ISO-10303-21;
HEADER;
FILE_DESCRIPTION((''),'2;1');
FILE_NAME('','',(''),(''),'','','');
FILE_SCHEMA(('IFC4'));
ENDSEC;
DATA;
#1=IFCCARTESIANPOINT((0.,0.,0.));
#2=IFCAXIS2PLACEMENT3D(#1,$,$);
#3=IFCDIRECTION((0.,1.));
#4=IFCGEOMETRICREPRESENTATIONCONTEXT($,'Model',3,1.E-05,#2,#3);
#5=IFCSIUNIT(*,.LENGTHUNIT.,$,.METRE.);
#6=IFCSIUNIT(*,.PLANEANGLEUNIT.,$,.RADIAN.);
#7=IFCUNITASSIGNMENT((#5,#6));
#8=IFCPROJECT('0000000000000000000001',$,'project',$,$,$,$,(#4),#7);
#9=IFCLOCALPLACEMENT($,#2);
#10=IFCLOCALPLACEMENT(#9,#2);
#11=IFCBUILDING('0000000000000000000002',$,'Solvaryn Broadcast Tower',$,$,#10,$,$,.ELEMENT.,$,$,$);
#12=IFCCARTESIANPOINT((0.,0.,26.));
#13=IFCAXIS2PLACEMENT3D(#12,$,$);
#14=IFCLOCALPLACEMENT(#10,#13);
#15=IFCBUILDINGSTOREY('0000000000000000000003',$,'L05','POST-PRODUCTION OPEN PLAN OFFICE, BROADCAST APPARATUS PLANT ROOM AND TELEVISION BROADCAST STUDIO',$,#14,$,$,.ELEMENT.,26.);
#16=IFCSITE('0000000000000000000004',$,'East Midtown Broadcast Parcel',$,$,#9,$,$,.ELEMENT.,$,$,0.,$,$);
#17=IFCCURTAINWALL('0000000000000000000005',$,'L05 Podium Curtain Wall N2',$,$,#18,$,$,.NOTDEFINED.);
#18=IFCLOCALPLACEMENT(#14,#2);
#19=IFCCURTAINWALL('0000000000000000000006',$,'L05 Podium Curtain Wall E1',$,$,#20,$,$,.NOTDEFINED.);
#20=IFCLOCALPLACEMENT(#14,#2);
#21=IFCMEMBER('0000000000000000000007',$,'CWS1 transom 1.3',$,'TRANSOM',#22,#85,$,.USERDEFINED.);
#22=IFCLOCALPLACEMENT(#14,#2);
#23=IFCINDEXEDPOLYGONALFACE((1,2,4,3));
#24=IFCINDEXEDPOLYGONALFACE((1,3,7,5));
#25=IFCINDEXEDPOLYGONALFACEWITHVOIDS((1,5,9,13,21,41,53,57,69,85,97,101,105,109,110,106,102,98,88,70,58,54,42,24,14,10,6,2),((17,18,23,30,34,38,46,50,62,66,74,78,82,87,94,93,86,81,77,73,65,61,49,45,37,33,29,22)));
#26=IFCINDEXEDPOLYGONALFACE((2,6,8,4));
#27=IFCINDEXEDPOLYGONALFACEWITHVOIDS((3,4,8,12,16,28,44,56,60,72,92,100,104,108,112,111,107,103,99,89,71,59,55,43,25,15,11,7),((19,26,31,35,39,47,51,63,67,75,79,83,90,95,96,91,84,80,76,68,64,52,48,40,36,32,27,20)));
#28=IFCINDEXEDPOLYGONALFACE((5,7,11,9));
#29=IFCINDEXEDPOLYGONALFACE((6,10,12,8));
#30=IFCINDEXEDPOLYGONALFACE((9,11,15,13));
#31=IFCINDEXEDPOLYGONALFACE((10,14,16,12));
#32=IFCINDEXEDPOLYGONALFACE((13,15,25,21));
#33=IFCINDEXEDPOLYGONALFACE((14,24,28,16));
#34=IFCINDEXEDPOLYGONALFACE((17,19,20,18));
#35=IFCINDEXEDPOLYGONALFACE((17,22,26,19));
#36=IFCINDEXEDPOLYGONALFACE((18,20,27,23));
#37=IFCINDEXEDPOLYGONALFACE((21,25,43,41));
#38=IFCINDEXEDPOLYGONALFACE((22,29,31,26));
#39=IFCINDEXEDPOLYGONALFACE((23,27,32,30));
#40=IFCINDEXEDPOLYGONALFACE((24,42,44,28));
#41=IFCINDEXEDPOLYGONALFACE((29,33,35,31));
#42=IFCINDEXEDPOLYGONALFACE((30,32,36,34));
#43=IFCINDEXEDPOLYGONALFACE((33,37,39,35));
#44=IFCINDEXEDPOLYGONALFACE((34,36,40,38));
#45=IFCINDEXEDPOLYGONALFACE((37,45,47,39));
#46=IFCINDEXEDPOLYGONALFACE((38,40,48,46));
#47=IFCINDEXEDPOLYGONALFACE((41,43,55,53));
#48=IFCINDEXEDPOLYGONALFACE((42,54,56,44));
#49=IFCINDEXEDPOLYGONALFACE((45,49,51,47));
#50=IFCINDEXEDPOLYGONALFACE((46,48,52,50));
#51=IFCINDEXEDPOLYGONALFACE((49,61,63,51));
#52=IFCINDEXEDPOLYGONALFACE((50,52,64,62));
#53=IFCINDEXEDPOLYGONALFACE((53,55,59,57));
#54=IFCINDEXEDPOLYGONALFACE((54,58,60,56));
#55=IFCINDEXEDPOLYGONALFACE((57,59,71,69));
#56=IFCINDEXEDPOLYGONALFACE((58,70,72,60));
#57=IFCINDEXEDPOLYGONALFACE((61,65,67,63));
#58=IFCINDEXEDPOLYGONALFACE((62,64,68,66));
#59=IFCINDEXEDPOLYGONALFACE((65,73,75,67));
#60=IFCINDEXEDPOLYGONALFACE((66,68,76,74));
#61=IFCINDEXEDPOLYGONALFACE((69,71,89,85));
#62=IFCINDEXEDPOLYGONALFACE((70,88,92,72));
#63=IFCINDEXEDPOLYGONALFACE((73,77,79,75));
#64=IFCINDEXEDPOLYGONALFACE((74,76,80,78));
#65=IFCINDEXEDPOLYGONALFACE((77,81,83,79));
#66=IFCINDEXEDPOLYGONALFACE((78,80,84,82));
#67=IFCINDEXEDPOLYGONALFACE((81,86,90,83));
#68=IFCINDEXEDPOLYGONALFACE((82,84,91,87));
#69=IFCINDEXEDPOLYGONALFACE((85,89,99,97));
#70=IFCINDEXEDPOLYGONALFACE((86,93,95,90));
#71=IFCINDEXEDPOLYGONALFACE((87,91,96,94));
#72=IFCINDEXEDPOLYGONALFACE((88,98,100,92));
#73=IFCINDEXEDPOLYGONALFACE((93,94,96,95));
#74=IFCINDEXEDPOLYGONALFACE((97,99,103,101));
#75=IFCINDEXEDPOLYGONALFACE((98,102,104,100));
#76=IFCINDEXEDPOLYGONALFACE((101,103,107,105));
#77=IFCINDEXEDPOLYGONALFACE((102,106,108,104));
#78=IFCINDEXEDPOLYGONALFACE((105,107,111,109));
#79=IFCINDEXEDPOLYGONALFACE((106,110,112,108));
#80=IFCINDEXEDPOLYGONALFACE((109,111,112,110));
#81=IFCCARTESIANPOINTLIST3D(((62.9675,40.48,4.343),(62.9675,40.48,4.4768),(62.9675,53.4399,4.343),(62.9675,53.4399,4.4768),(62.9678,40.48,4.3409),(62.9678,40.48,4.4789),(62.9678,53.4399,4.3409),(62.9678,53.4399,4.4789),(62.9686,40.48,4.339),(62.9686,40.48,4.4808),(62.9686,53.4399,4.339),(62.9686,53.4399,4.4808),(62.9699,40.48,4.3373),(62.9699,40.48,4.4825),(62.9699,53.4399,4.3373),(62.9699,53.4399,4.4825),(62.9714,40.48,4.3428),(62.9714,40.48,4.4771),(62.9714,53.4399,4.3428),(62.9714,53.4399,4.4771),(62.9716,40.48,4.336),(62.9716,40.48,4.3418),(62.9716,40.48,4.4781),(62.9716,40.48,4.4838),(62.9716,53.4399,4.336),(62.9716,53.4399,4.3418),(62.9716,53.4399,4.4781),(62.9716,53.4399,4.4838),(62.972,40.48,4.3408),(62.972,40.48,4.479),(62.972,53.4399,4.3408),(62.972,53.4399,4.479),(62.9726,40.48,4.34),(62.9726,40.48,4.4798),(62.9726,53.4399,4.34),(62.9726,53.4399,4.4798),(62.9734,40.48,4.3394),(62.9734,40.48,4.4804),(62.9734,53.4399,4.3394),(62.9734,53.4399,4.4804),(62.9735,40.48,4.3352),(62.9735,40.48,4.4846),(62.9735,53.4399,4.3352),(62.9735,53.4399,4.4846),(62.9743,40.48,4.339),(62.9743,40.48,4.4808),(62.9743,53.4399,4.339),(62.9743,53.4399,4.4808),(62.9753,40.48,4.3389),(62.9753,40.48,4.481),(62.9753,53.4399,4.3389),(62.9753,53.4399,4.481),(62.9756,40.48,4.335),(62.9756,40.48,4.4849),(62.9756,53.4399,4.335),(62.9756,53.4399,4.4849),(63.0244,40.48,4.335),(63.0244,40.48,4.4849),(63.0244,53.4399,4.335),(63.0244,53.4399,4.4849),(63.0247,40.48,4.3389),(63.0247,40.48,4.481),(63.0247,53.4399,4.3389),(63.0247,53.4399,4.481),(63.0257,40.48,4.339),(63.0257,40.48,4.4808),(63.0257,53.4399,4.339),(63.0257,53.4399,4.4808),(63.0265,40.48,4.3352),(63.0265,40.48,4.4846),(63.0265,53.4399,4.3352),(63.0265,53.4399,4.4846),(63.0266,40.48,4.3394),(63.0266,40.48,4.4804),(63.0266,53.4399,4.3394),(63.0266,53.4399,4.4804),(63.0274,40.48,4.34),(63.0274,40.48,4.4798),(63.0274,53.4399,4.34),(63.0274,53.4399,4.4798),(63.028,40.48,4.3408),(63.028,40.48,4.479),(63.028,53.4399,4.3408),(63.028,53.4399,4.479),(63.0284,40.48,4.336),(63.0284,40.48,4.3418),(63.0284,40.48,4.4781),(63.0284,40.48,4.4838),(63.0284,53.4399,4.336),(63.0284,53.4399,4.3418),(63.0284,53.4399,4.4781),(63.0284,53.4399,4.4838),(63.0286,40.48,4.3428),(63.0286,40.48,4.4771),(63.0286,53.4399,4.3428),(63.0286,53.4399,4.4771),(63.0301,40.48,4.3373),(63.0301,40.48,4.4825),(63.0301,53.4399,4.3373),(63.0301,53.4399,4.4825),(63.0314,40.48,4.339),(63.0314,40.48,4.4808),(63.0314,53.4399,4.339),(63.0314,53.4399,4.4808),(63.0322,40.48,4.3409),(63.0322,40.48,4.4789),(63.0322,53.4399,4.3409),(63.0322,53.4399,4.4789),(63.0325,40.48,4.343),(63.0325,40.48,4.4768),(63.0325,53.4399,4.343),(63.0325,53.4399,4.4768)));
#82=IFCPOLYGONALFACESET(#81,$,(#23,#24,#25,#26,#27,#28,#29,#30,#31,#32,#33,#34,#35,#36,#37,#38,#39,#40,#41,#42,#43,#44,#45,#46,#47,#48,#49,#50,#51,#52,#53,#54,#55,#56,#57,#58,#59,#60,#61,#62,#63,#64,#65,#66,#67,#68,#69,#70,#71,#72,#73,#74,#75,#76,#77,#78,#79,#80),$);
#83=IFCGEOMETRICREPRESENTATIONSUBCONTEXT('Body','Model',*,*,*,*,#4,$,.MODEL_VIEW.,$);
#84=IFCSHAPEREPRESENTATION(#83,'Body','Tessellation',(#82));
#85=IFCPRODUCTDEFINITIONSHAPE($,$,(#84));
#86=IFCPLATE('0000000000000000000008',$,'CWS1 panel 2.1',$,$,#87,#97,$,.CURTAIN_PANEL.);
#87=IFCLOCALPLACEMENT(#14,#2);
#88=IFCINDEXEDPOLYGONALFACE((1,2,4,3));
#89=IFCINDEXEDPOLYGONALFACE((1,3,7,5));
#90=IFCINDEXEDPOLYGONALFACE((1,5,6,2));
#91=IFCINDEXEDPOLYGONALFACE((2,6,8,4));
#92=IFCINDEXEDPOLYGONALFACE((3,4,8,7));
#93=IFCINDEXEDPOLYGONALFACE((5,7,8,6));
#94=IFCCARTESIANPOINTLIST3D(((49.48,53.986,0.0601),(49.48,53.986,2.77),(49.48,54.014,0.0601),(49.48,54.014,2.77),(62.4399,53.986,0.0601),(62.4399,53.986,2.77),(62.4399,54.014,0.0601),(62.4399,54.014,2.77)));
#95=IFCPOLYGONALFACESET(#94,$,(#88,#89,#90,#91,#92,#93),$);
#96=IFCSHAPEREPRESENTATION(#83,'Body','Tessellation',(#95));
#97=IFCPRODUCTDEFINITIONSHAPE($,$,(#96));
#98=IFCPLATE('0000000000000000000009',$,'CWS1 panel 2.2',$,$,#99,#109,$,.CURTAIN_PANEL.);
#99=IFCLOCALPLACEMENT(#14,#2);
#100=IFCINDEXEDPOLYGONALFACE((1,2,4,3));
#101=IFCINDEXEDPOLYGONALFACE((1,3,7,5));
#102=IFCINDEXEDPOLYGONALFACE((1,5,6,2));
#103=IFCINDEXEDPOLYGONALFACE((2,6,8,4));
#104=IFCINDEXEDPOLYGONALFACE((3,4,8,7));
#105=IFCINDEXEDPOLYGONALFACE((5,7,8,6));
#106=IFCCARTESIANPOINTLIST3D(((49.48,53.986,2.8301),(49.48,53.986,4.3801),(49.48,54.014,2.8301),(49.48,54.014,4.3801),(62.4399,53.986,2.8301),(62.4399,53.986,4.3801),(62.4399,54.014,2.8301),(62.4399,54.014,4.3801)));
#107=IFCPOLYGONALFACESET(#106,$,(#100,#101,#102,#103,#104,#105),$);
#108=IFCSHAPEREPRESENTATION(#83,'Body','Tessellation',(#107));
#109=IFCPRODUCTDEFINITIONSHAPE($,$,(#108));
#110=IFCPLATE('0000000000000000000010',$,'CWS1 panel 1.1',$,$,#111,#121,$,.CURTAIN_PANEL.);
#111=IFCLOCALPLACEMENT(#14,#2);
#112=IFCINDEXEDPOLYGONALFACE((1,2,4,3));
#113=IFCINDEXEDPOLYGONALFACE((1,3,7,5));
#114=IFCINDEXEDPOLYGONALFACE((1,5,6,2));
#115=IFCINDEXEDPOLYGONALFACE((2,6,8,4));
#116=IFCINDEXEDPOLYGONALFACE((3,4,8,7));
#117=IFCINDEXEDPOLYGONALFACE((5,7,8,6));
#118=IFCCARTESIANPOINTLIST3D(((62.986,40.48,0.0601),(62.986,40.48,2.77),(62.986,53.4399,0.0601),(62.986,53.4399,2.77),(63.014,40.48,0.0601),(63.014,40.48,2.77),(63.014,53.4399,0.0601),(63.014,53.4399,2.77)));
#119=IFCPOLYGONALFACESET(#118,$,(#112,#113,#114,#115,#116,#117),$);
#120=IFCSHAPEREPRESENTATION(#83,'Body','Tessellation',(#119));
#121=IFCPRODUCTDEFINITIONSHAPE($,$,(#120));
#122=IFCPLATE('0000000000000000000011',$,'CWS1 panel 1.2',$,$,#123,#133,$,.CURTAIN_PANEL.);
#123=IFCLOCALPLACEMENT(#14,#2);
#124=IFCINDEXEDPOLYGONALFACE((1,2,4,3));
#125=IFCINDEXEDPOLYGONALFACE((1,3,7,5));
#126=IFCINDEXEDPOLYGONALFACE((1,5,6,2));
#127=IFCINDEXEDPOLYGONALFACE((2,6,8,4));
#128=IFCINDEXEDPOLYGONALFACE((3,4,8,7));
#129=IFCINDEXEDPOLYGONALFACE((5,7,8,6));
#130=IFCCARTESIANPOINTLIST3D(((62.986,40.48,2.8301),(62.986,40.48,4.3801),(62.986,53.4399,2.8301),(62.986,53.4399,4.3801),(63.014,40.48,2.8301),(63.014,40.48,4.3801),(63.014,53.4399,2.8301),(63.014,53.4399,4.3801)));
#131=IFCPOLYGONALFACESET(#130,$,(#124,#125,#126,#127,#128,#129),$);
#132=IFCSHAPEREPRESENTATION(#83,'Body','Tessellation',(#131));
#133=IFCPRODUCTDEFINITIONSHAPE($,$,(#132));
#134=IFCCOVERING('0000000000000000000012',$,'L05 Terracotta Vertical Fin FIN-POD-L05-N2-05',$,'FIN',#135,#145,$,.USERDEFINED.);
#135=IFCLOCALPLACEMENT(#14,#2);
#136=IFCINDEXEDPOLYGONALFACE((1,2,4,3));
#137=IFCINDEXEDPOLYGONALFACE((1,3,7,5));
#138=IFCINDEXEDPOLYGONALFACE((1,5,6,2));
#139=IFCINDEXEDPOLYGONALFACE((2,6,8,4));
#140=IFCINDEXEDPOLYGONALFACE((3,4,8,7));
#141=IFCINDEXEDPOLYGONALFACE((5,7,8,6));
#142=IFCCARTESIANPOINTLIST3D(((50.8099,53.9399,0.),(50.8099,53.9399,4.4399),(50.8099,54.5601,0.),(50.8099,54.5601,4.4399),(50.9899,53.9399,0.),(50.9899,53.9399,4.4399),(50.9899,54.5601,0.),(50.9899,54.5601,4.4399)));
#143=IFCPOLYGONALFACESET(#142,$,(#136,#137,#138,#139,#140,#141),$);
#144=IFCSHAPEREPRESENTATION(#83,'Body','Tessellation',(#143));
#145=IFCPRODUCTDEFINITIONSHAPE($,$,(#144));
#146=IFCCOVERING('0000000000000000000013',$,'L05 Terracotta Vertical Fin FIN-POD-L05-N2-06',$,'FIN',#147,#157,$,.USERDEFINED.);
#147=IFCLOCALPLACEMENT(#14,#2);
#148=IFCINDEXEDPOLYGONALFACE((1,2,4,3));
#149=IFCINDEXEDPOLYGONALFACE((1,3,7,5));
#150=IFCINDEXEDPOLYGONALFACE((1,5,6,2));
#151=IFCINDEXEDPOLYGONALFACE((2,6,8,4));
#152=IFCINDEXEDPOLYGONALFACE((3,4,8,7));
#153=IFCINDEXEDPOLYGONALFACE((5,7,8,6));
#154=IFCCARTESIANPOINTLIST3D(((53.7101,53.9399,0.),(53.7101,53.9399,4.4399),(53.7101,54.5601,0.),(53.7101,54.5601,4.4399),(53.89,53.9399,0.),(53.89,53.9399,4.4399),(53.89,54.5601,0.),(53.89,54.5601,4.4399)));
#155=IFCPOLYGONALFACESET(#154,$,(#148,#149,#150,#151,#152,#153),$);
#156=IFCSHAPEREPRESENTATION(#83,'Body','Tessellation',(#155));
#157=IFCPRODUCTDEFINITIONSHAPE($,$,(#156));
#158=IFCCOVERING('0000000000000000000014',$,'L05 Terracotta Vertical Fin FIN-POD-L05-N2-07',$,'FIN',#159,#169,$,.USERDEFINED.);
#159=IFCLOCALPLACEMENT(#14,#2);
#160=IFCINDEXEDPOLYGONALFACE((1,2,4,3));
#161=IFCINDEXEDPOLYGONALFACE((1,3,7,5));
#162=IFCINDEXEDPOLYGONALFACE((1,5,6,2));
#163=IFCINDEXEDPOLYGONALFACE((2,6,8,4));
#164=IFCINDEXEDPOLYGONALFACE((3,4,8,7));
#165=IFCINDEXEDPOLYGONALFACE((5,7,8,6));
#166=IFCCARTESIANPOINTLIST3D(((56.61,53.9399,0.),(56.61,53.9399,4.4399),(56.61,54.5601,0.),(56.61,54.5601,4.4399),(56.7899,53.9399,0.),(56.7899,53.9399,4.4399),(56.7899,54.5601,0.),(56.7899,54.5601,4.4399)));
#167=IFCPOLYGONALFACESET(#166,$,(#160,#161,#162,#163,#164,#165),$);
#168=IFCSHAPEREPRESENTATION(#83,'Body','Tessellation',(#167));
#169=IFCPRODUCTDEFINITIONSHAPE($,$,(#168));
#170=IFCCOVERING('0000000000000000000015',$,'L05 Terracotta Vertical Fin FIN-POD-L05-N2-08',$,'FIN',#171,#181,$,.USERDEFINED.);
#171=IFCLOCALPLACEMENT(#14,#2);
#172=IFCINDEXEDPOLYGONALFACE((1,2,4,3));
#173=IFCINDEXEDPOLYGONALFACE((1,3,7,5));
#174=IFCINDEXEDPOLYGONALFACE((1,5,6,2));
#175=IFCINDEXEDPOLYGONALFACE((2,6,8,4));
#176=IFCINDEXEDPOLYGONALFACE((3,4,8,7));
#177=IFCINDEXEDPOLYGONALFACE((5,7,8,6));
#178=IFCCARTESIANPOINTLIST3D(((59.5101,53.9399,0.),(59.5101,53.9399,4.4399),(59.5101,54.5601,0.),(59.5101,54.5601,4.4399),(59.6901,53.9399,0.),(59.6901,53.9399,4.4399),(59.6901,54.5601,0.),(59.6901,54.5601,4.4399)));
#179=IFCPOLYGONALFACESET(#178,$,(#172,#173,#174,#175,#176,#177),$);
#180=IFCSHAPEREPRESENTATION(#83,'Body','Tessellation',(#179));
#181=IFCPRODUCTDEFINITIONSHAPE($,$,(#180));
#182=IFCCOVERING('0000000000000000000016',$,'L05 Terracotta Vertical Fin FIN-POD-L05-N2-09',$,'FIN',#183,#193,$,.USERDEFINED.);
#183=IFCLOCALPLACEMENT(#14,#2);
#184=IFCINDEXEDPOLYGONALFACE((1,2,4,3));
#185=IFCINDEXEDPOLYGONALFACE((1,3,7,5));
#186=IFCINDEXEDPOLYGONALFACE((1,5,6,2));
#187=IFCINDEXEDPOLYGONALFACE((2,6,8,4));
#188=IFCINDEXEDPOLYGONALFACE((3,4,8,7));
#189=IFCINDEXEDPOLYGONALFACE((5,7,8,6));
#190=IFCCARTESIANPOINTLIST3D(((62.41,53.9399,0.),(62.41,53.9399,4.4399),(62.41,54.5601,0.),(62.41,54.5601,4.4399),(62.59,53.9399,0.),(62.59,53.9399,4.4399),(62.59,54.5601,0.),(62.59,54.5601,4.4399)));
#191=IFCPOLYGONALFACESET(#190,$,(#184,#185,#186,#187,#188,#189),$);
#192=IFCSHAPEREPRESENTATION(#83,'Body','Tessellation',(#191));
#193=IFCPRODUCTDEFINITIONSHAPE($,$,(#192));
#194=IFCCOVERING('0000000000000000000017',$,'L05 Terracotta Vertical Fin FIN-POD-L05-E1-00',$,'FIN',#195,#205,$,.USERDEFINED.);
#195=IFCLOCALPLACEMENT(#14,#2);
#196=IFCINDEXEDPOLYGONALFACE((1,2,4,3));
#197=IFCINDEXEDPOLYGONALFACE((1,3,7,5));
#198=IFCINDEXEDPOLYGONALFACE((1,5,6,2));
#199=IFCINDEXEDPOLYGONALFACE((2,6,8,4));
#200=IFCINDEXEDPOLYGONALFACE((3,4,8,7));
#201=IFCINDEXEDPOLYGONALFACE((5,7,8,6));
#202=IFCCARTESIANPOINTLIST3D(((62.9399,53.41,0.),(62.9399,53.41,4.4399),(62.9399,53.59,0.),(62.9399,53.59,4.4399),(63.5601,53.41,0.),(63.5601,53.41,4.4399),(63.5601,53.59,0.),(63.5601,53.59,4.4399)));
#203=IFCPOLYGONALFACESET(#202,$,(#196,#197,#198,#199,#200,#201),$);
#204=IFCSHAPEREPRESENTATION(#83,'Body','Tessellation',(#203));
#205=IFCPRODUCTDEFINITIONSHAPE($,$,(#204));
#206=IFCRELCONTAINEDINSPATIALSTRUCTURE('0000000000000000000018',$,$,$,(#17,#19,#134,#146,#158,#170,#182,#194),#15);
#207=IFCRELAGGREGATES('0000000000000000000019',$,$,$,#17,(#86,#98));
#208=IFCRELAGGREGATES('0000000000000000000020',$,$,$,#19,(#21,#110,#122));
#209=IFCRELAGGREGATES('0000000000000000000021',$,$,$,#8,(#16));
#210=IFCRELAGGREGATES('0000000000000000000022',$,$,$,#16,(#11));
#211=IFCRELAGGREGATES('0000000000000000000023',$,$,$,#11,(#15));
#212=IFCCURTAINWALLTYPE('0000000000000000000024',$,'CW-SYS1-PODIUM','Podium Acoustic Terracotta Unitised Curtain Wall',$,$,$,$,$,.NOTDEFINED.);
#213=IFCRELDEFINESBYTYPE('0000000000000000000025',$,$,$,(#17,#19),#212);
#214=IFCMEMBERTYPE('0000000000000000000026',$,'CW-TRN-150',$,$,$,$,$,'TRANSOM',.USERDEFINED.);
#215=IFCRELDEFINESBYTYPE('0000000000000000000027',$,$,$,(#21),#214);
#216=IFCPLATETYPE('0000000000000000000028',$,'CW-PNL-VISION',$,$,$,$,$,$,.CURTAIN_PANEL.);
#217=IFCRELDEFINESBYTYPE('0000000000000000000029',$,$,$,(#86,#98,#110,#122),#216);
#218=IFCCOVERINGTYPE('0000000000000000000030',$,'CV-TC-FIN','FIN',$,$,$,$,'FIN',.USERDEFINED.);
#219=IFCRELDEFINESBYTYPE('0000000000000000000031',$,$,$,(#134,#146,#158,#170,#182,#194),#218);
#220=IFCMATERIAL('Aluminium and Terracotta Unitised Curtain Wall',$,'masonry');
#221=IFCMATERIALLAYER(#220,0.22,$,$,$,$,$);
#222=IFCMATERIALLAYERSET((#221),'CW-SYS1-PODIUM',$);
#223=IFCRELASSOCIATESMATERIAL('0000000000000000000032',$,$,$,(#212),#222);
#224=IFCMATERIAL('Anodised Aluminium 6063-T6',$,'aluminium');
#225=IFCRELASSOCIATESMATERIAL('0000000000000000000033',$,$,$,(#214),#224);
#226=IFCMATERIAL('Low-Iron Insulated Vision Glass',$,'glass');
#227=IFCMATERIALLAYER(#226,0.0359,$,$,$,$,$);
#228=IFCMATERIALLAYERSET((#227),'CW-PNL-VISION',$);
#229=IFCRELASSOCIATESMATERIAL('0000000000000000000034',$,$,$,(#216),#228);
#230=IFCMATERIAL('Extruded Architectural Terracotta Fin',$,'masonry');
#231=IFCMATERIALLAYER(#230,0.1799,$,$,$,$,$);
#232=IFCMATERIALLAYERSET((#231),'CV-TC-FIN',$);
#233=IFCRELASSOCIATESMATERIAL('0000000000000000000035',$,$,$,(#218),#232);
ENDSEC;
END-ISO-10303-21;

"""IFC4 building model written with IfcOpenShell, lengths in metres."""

from ifc_helpers import new_model, si_unit, direction, frame, origin, origin_2d, place, context, subcontext, project, spatial, rectangle, hollow_rectangle, extrude, material, layer, layer_set, material_profile, profile_set, type_object, element, aggregate, save


model = new_model("IFC4")

# Units and contexts
model_context = context("Model", 3, precision=1e-05, world=origin(), true_north=direction((0.0, 1.0)))
body_context = subcontext(model_context, "Body", "Model", "MODEL_VIEW")
ifc_project = project(units=[si_unit("LENGTHUNIT", "METRE"), si_unit("PLANEANGLEUNIT", "RADIAN")], contexts=[model_context])

# Site, building, storey
site_placement = place(None, origin())
site = spatial("IfcSite", under=ifc_project, at=site_placement, Name="East Midtown Broadcast Parcel", CompositionType="ELEMENT", RefElevation=0.0)
building_placement = place(site_placement, origin())
building = spatial("IfcBuilding", under=site, at=building_placement, Name="Solvaryn Broadcast Tower", CompositionType="ELEMENT")
storey_placement = place(building_placement, frame((0.0, 0.0, 26.0)))
storey = spatial("IfcBuildingStorey", under=building, at=storey_placement, Name="L05", Description="POST-PRODUCTION OPEN PLAN OFFICE, BROADCAST APPARATUS PLANT ROOM AND TELEVISION BROADCAST STUDIO", CompositionType="ELEMENT", Elevation=26.0)

# Curtain walls
ifc_material_1 = material(Name="Aluminium and Terracotta Unitised Curtain Wall", Category="masonry")
ifc_layer_1 = layer(ifc_material_1, 0.22)
ifc_layer_set_1 = layer_set([ifc_layer_1], Name="CW-SYS1-PODIUM")
curtain_wall_type = type_object("IfcCurtainWallType", Name="CW-SYS1-PODIUM", Description="Podium Acoustic Terracotta Unitised Curtain Wall", PredefinedType="NOTDEFINED", material=ifc_layer_set_1)
curtain_wall_1_placement = place(storey_placement, origin())
curtain_wall_1 = element("IfcCurtainWall", 1, at=curtain_wall_1_placement, inside=storey, type_object=curtain_wall_type, Name="L05 Podium Curtain Wall N2", PredefinedType="NOTDEFINED")
curtain_wall_2_placement = place(storey_placement, origin())
curtain_wall_2 = element("IfcCurtainWall", 2, at=curtain_wall_2_placement, inside=storey, type_object=curtain_wall_type, Name="L05 Podium Curtain Wall E1", PredefinedType="NOTDEFINED")

# Member
ifc_material_2 = material(Name="Anodised Aluminium 6063-T6", Category="aluminium")
ifc_material_profile_1 = material_profile(ifc_material_2, hollow_rectangle(XDim=0.0649, YDim=0.1499, WallThickness=0.0039, InnerFilletRadius=0.0039, OuterFilletRadius=0.0081, at=origin_2d()))
ifc_profile_set_1 = profile_set([ifc_material_profile_1], Name="Anodised Aluminium 6063-T6")
member_type_1 = type_object("IfcMemberType", Name="CW-TRN-150", ElementType="TRANSOM", PredefinedType="USERDEFINED", material=ifc_profile_set_1)
member_1_placement = place(storey_placement, frame((63.0, 53.4399, 4.4099), z_axis=(0.0, -1.0, 0.0), x_axis=(1.0, 0.0, 0.0)))
member_1 = element("IfcMember", 3, at=member_1_placement, type_object=member_type_1, Name="CWS1 transom 1.3", ObjectType="TRANSOM", PredefinedType="USERDEFINED", context=body_context, shape_type="SweptSolid", body=[
    extrude(hollow_rectangle(XDim=0.0649, YDim=0.1499, WallThickness=0.0039, InnerFilletRadius=0.0039, OuterFilletRadius=0.0081, at=origin_2d()), origin(), (0.0, 0.0, 1.0), 12.96),
])

# Plates
ifc_material_3 = material(Name="Low-Iron Insulated Vision Glass", Category="glass")
ifc_layer_2 = layer(ifc_material_3, 0.0359)
ifc_layer_set_2 = layer_set([ifc_layer_2], Name="CW-PNL-VISION")
plate_type = type_object("IfcPlateType", Name="CW-PNL-VISION", PredefinedType="CURTAIN_PANEL", material=ifc_layer_set_2)
plate_1_placement = place(storey_placement, frame((55.96, 54.0, 0.0601), z_axis=(0.0, 0.0, 1.0), x_axis=(1.0, 0.0, 0.0)))
plate_1 = element("IfcPlate", 4, at=plate_1_placement, type_object=plate_type, Name="CWS1 panel 2.1", PredefinedType="CURTAIN_PANEL", context=body_context, shape_type="SweptSolid", body=[
    extrude(rectangle(XDim=12.96, YDim=0.0281, at=origin_2d()), origin(), (0.0, 0.0, 1.0), 2.71),
])
plate_2_placement = place(storey_placement, frame((55.96, 54.0, 2.8301), z_axis=(0.0, 0.0, 1.0), x_axis=(1.0, 0.0, 0.0)))
plate_2 = element("IfcPlate", 5, at=plate_2_placement, type_object=plate_type, Name="CWS1 panel 2.2", PredefinedType="CURTAIN_PANEL", context=body_context, shape_type="SweptSolid", body=[
    extrude(rectangle(XDim=12.96, YDim=0.0281, at=origin_2d()), origin(), (0.0, 0.0, 1.0), 1.55),
])
aggregate(curtain_wall_1, [plate_1, plate_2])
plate_3_placement = place(storey_placement, frame((63.0, 46.96, 0.0601), z_axis=(0.0, 0.0, 1.0), x_axis=(0.0, -1.0, 0.0)))
plate_3 = element("IfcPlate", 6, at=plate_3_placement, type_object=plate_type, Name="CWS1 panel 1.1", PredefinedType="CURTAIN_PANEL", context=body_context, shape_type="SweptSolid", body=[
    extrude(rectangle(XDim=12.96, YDim=0.0281, at=origin_2d()), origin(), (0.0, 0.0, 1.0), 2.71),
])
plate_4_placement = place(storey_placement, frame((63.0, 46.96, 2.8301), z_axis=(0.0, 0.0, 1.0), x_axis=(0.0, -1.0, 0.0)))
plate_4 = element("IfcPlate", 7, at=plate_4_placement, type_object=plate_type, Name="CWS1 panel 1.2", PredefinedType="CURTAIN_PANEL", context=body_context, shape_type="SweptSolid", body=[
    extrude(rectangle(XDim=12.96, YDim=0.0281, at=origin_2d()), origin(), (0.0, 0.0, 1.0), 1.55),
])
aggregate(curtain_wall_2, [member_1, plate_3, plate_4])

# Coverings
ifc_material_4 = material(Name="Extruded Architectural Terracotta Fin", Category="masonry")
ifc_layer_3 = layer(ifc_material_4, 0.1799)
ifc_layer_set_3 = layer_set([ifc_layer_3], Name="CV-TC-FIN")
covering_type = type_object("IfcCoveringType", Name="CV-TC-FIN", Description="FIN", ElementType="FIN", PredefinedType="USERDEFINED", material=ifc_layer_set_3)
for number, where, z_axis, x_axis, name in (
    (8, (50.8999, 54.25, 0.0), (0.0, 0.0, 1.0), (1.0, 0.0, 0.0), "L05 Terracotta Vertical Fin FIN-POD-L05-N2-05"),
    (9, (53.8, 54.25, 0.0), (0.0, 0.0, 1.0), (1.0, 0.0, 0.0), "L05 Terracotta Vertical Fin FIN-POD-L05-N2-06"),
    (10, (56.7, 54.25, 0.0), (0.0, 0.0, 1.0), (1.0, 0.0, 0.0), "L05 Terracotta Vertical Fin FIN-POD-L05-N2-07"),
    (11, (59.6001, 54.25, 0.0), (0.0, 0.0, 1.0), (1.0, 0.0, 0.0), "L05 Terracotta Vertical Fin FIN-POD-L05-N2-08"),
    (12, (62.5, 54.25, 0.0), (0.0, 0.0, 1.0), (1.0, 0.0, 0.0), "L05 Terracotta Vertical Fin FIN-POD-L05-N2-09"),
):
    element("IfcCovering", number, at=place(storey_placement, frame(where, z_axis=z_axis, x_axis=x_axis)), inside=storey, type_object=covering_type, Name=name, ObjectType="FIN", PredefinedType="USERDEFINED", context=body_context, shape_type="SweptSolid", body=[
        extrude(rectangle(XDim=0.1799, YDim=0.6201, at=origin_2d()), origin(), (0.0, 0.0, 1.0), 4.4399),
    ])
for number, where, z_axis, x_axis, name in (
    (13, (63.25, 53.5, 0.0), (0.0, 0.0, 1.0), (1.0, 0.0, 0.0), "L05 Terracotta Vertical Fin FIN-POD-L05-E1-00"),
):
    element("IfcCovering", number, at=place(storey_placement, frame(where, z_axis=z_axis, x_axis=x_axis)), inside=storey, type_object=covering_type, Name=name, ObjectType="FIN", PredefinedType="USERDEFINED", context=body_context, shape_type="SweptSolid", body=[
        extrude(rectangle(XDim=0.6201, YDim=0.1799, at=origin_2d()), origin(), (0.0, 0.0, 1.0), 4.4399),
    ])

save(model, "model.ifc")
